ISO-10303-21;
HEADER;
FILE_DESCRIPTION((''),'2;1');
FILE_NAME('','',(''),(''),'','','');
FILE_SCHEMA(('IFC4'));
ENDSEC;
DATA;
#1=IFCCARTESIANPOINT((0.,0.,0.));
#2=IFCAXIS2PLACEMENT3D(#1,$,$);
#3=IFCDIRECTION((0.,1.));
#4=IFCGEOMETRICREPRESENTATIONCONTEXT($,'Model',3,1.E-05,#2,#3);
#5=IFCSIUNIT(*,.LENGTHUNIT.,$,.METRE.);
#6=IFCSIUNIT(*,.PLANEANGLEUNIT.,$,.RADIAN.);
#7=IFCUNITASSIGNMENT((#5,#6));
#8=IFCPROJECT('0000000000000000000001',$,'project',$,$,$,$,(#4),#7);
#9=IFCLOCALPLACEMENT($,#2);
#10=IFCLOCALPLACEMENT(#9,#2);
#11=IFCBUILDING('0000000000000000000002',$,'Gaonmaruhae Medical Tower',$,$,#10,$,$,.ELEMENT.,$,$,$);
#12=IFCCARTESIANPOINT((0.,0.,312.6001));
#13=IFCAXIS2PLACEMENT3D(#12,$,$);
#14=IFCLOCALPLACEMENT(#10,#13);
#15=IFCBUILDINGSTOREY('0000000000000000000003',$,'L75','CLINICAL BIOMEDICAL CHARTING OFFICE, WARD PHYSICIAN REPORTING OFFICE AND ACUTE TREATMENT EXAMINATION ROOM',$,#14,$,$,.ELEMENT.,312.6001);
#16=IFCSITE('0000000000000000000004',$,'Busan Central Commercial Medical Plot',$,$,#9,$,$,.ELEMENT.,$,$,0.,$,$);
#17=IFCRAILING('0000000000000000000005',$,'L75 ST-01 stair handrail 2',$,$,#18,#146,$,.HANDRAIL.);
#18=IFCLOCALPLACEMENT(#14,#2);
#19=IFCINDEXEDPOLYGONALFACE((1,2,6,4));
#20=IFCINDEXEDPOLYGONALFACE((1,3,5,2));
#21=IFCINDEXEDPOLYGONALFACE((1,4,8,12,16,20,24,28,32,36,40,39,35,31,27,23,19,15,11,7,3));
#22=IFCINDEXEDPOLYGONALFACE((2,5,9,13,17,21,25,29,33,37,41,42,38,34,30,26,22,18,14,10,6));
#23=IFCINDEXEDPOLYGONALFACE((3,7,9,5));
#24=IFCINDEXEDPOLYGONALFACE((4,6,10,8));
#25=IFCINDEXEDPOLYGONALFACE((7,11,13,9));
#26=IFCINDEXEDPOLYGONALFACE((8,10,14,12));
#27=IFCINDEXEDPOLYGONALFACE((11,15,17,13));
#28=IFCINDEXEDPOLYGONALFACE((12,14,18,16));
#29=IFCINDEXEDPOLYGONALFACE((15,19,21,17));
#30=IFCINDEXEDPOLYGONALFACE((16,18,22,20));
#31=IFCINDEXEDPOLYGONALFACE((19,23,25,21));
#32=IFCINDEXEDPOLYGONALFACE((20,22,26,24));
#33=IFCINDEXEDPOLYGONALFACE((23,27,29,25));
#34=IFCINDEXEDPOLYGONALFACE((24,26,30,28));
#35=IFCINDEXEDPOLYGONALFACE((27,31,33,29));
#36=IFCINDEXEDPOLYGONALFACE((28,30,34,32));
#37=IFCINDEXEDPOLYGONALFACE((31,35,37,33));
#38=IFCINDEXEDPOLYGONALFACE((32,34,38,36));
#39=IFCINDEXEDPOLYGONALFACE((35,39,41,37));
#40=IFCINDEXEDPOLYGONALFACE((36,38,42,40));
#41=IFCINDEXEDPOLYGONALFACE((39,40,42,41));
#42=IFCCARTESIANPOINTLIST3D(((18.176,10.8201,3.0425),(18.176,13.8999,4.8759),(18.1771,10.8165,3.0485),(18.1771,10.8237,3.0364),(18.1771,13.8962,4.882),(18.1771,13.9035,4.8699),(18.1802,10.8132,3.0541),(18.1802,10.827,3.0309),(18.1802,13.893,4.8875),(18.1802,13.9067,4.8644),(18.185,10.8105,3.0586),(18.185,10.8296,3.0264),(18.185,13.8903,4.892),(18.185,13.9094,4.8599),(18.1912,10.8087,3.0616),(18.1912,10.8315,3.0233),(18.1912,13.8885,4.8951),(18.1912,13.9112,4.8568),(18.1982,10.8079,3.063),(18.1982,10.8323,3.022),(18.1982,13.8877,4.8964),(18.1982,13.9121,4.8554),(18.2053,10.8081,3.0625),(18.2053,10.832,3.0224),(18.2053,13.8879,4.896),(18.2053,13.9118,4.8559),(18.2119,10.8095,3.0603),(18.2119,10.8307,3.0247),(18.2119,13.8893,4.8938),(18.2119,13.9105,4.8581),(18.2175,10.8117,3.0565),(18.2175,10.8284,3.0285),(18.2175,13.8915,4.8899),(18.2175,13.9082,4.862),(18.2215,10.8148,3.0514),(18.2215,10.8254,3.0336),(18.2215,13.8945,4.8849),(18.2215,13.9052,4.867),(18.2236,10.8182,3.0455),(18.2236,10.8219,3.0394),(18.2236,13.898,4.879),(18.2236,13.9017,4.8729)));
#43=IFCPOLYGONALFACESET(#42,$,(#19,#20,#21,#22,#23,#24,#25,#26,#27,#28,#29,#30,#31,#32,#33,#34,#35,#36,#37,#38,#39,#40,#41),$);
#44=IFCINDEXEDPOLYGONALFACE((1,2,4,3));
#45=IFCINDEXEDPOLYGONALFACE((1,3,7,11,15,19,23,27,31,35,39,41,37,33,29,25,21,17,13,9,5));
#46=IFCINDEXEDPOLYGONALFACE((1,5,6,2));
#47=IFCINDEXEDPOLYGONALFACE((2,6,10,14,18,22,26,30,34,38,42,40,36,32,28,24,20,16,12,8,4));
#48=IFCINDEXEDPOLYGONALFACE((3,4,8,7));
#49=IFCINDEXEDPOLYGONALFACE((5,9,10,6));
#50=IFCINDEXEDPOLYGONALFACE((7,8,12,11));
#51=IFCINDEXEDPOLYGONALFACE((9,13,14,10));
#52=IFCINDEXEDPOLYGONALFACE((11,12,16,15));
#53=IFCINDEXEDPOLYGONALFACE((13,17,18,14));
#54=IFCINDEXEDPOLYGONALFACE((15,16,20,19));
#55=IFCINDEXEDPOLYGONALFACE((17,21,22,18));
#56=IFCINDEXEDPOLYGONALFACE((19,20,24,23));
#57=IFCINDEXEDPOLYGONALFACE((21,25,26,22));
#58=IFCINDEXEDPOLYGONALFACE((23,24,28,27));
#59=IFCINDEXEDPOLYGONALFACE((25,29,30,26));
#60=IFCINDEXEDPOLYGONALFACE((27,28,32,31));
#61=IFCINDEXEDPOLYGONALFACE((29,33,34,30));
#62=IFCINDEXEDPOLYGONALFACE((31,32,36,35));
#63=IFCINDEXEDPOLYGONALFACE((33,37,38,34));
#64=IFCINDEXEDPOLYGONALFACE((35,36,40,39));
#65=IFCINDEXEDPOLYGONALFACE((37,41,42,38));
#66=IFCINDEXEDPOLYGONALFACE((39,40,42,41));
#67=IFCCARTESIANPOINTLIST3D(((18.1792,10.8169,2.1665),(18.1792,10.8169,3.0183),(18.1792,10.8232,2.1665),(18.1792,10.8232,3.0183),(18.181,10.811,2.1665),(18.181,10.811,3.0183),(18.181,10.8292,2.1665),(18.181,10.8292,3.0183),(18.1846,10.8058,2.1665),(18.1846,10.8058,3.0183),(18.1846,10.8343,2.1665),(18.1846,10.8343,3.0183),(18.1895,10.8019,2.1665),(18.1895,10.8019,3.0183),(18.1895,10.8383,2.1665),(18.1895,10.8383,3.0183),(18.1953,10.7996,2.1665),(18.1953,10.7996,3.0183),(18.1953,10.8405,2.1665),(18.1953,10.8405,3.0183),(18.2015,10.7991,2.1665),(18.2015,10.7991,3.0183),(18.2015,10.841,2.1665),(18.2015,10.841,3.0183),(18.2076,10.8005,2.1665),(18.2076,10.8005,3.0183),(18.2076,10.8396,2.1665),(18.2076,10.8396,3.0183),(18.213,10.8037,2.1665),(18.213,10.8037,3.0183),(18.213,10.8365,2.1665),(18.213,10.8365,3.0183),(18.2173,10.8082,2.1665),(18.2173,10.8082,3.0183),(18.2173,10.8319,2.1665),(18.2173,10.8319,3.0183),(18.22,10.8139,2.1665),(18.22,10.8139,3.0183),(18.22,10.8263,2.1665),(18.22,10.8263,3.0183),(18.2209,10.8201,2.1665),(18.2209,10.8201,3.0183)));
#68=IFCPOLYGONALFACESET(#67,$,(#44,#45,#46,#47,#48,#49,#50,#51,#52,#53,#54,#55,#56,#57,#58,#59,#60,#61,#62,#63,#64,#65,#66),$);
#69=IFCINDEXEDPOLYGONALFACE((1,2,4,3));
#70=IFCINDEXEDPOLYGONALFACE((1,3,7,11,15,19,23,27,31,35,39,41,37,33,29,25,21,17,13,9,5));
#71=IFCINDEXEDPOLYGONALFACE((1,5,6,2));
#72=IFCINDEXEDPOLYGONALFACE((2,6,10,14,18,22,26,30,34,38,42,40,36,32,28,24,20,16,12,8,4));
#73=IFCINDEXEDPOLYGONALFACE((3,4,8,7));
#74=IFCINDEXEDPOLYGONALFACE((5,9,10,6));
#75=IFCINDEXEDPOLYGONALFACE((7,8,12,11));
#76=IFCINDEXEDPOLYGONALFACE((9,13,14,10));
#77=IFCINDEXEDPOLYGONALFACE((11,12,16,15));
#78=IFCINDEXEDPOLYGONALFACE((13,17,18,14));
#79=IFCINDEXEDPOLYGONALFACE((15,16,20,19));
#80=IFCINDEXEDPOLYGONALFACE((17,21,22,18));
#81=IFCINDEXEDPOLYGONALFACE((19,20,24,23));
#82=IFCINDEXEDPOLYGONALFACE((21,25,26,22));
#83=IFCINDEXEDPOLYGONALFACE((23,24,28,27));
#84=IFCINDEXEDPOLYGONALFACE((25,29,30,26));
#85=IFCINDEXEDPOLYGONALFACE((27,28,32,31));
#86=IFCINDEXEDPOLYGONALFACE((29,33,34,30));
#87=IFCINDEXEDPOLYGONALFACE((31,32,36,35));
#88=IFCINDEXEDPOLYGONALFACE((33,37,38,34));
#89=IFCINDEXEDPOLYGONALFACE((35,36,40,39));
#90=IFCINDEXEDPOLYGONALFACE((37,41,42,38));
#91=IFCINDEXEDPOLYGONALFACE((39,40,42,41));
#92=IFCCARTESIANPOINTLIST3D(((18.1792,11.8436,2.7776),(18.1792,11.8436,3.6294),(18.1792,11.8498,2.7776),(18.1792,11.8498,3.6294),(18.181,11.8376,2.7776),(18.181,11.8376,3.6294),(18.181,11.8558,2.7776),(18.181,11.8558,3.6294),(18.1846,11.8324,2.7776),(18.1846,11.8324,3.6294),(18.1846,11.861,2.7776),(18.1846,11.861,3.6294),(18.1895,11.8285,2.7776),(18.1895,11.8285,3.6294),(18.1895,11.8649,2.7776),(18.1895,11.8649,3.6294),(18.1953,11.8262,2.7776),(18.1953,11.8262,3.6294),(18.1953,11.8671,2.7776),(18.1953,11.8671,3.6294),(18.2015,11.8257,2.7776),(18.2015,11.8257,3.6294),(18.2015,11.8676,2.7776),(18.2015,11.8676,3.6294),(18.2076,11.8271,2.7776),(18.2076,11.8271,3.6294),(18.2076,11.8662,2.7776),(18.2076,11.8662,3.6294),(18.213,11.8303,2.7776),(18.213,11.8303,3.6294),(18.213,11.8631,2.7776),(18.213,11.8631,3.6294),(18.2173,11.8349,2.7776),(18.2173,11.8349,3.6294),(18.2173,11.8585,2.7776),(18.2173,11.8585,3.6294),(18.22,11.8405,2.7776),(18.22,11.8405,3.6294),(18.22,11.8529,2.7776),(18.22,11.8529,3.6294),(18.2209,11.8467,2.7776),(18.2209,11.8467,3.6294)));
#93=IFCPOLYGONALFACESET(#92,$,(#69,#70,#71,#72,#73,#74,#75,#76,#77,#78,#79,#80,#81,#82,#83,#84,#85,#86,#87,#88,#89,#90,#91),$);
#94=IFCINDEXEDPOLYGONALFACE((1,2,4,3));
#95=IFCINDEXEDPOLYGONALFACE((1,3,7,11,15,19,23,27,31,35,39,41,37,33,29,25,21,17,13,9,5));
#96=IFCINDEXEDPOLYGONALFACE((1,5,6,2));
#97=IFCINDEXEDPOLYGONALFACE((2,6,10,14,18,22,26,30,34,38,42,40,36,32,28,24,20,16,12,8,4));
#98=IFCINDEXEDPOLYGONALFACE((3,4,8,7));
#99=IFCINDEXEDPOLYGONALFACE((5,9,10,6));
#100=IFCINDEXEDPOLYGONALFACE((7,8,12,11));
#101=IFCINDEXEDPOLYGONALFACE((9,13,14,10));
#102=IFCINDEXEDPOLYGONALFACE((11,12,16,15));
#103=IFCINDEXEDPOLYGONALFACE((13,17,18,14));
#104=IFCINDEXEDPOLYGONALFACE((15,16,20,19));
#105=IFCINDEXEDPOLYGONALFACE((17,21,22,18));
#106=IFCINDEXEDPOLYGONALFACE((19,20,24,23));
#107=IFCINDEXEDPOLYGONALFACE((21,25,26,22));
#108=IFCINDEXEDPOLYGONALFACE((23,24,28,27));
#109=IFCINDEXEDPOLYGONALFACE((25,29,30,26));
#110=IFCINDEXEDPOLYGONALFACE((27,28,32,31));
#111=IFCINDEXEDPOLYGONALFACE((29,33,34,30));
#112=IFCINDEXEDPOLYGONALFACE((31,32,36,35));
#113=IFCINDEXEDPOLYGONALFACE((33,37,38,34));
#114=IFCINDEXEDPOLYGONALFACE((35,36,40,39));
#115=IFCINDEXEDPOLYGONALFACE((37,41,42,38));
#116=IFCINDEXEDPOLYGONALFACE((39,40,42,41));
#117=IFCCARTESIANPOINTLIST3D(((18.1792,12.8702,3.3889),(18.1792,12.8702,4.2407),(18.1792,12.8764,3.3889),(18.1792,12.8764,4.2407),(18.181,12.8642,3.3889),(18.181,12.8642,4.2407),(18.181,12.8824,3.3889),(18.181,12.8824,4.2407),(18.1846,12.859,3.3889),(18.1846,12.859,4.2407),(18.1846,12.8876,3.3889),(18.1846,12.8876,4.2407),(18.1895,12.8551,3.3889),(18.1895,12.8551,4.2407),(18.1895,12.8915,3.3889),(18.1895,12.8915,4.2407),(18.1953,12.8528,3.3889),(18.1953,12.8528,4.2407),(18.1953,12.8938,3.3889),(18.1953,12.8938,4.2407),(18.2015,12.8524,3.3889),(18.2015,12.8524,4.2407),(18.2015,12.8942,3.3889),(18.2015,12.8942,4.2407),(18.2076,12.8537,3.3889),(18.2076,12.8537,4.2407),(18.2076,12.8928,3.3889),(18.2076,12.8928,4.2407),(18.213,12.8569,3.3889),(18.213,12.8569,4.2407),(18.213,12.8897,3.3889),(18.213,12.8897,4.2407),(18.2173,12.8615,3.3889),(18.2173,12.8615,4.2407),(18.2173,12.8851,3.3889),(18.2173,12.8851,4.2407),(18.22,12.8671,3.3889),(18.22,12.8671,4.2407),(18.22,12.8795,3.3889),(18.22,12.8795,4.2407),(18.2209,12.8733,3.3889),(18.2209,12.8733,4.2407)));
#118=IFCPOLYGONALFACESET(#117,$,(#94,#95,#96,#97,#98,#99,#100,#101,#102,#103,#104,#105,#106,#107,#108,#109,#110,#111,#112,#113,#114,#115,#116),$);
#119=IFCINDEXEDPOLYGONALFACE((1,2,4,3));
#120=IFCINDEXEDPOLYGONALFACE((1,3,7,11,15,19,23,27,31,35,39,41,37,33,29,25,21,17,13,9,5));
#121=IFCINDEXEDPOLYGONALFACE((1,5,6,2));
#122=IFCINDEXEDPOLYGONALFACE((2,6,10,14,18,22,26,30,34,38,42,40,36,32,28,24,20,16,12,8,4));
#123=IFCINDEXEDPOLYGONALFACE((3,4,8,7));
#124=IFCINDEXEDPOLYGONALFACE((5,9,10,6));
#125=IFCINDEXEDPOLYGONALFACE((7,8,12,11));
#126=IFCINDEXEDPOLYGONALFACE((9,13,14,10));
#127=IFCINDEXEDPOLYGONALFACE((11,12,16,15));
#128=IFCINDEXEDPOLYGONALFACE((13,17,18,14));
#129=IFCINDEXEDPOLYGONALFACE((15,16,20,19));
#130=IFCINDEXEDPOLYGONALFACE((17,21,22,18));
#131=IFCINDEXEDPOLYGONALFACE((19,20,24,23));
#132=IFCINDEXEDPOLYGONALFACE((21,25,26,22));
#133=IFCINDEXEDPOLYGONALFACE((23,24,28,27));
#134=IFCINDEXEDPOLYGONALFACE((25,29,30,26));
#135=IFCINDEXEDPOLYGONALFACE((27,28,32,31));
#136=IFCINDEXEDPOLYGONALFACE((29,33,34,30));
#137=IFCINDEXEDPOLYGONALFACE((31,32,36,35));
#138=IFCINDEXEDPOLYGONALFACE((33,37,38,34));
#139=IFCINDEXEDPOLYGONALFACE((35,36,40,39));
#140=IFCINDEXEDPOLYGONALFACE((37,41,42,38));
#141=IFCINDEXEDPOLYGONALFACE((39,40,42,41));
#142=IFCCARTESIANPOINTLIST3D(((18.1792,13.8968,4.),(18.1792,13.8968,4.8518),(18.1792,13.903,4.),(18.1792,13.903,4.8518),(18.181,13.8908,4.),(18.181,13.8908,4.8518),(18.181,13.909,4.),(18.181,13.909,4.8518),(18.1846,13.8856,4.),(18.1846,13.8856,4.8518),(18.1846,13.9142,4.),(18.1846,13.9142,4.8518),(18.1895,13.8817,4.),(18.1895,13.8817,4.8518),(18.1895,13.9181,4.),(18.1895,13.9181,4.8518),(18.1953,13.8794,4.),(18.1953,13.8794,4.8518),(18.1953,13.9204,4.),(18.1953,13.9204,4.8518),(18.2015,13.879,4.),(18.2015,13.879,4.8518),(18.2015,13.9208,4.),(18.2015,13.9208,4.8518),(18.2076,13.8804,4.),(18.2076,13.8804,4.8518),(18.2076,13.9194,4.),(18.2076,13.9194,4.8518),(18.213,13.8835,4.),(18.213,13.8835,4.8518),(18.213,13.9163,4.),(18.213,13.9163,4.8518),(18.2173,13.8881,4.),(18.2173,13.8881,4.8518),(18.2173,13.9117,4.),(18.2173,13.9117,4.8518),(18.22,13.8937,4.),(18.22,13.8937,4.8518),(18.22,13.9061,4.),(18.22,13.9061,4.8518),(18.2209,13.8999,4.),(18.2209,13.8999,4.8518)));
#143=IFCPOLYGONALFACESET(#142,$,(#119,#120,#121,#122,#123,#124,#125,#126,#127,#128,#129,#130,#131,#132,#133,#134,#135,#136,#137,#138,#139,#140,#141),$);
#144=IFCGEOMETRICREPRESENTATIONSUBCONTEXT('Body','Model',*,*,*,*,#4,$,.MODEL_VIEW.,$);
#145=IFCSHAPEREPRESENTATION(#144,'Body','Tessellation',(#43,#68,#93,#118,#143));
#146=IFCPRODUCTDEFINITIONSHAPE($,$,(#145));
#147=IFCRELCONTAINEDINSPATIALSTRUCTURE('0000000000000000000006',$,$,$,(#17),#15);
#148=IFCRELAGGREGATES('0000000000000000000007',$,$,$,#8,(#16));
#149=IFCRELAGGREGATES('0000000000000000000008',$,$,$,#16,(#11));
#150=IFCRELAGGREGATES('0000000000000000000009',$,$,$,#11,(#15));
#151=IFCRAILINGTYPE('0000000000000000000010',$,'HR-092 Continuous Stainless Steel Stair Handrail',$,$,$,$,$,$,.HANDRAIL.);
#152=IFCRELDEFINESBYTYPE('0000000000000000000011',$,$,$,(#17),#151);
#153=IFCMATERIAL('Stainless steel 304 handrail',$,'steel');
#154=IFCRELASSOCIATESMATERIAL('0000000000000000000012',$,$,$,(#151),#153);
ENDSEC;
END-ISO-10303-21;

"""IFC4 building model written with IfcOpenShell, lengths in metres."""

from ifc_helpers import new_model, si_unit, direction, frame, origin, origin_2d, place, context, subcontext, project, spatial, circle, extrude, material, type_object, element, save


model = new_model("IFC4")

# Units and contexts
model_context = context("Model", 3, precision=1e-05, world=origin(), true_north=direction((0.0, 1.0)))
body_context = subcontext(model_context, "Body", "Model", "MODEL_VIEW")
ifc_project = project(units=[si_unit("LENGTHUNIT", "METRE"), si_unit("PLANEANGLEUNIT", "RADIAN")], contexts=[model_context])

# Site, building, storey
site_placement = place(None, origin())
site = spatial("IfcSite", under=ifc_project, at=site_placement, Name="Busan Central Commercial Medical Plot", CompositionType="ELEMENT", RefElevation=0.0)
building_placement = place(site_placement, origin())
building = spatial("IfcBuilding", under=site, at=building_placement, Name="Gaonmaruhae Medical Tower", CompositionType="ELEMENT")
storey_placement = place(building_placement, frame((0.0, 0.0, 312.6001)))
storey = spatial("IfcBuildingStorey", under=building, at=storey_placement, Name="L75", Description="CLINICAL BIOMEDICAL CHARTING OFFICE, WARD PHYSICIAN REPORTING OFFICE AND ACUTE TREATMENT EXAMINATION ROOM", CompositionType="ELEMENT", Elevation=312.6001)

# Railing
ifc_material_1 = material(Name="Stainless steel 304 handrail", Category="steel")
railing_type_1 = type_object("IfcRailingType", Name="HR-092 Continuous Stainless Steel Stair Handrail", PredefinedType="HANDRAIL", material=ifc_material_1)
railing_1_placement = place(storey_placement, frame((18.2, 10.8201, 2.1665)))
element("IfcRailing", 1, at=railing_1_placement, inside=storey, type_object=railing_type_1, Name="L75 ST-01 stair handrail 2", PredefinedType="HANDRAIL", context=body_context, shape_type="SweptSolid", body=[
    extrude(circle(Radius=0.0239, at=origin_2d()), frame((0.0, 0.0, 0.876), z_axis=(0.0, 0.859261, 0.511538), x_axis=(-1.0, 0.0, 0.0)), (0.0, 0.0, 1.0), 3.5842),
    extrude(circle(Radius=0.021, at=origin_2d()), origin(), (0.0, 0.0, 1.0), 0.8518),
    extrude(circle(Radius=0.021, at=origin_2d()), frame((0.0, 1.0266, 0.6111)), (0.0, 0.0, 1.0), 0.8518),
    extrude(circle(Radius=0.021, at=origin_2d()), frame((0.0, 2.0532, 1.2224)), (0.0, 0.0, 1.0), 0.8518),
    extrude(circle(Radius=0.021, at=origin_2d()), frame((0.0, 3.0798, 1.8335)), (0.0, 0.0, 1.0), 0.8518),
])

save(model, "model.ifc")
